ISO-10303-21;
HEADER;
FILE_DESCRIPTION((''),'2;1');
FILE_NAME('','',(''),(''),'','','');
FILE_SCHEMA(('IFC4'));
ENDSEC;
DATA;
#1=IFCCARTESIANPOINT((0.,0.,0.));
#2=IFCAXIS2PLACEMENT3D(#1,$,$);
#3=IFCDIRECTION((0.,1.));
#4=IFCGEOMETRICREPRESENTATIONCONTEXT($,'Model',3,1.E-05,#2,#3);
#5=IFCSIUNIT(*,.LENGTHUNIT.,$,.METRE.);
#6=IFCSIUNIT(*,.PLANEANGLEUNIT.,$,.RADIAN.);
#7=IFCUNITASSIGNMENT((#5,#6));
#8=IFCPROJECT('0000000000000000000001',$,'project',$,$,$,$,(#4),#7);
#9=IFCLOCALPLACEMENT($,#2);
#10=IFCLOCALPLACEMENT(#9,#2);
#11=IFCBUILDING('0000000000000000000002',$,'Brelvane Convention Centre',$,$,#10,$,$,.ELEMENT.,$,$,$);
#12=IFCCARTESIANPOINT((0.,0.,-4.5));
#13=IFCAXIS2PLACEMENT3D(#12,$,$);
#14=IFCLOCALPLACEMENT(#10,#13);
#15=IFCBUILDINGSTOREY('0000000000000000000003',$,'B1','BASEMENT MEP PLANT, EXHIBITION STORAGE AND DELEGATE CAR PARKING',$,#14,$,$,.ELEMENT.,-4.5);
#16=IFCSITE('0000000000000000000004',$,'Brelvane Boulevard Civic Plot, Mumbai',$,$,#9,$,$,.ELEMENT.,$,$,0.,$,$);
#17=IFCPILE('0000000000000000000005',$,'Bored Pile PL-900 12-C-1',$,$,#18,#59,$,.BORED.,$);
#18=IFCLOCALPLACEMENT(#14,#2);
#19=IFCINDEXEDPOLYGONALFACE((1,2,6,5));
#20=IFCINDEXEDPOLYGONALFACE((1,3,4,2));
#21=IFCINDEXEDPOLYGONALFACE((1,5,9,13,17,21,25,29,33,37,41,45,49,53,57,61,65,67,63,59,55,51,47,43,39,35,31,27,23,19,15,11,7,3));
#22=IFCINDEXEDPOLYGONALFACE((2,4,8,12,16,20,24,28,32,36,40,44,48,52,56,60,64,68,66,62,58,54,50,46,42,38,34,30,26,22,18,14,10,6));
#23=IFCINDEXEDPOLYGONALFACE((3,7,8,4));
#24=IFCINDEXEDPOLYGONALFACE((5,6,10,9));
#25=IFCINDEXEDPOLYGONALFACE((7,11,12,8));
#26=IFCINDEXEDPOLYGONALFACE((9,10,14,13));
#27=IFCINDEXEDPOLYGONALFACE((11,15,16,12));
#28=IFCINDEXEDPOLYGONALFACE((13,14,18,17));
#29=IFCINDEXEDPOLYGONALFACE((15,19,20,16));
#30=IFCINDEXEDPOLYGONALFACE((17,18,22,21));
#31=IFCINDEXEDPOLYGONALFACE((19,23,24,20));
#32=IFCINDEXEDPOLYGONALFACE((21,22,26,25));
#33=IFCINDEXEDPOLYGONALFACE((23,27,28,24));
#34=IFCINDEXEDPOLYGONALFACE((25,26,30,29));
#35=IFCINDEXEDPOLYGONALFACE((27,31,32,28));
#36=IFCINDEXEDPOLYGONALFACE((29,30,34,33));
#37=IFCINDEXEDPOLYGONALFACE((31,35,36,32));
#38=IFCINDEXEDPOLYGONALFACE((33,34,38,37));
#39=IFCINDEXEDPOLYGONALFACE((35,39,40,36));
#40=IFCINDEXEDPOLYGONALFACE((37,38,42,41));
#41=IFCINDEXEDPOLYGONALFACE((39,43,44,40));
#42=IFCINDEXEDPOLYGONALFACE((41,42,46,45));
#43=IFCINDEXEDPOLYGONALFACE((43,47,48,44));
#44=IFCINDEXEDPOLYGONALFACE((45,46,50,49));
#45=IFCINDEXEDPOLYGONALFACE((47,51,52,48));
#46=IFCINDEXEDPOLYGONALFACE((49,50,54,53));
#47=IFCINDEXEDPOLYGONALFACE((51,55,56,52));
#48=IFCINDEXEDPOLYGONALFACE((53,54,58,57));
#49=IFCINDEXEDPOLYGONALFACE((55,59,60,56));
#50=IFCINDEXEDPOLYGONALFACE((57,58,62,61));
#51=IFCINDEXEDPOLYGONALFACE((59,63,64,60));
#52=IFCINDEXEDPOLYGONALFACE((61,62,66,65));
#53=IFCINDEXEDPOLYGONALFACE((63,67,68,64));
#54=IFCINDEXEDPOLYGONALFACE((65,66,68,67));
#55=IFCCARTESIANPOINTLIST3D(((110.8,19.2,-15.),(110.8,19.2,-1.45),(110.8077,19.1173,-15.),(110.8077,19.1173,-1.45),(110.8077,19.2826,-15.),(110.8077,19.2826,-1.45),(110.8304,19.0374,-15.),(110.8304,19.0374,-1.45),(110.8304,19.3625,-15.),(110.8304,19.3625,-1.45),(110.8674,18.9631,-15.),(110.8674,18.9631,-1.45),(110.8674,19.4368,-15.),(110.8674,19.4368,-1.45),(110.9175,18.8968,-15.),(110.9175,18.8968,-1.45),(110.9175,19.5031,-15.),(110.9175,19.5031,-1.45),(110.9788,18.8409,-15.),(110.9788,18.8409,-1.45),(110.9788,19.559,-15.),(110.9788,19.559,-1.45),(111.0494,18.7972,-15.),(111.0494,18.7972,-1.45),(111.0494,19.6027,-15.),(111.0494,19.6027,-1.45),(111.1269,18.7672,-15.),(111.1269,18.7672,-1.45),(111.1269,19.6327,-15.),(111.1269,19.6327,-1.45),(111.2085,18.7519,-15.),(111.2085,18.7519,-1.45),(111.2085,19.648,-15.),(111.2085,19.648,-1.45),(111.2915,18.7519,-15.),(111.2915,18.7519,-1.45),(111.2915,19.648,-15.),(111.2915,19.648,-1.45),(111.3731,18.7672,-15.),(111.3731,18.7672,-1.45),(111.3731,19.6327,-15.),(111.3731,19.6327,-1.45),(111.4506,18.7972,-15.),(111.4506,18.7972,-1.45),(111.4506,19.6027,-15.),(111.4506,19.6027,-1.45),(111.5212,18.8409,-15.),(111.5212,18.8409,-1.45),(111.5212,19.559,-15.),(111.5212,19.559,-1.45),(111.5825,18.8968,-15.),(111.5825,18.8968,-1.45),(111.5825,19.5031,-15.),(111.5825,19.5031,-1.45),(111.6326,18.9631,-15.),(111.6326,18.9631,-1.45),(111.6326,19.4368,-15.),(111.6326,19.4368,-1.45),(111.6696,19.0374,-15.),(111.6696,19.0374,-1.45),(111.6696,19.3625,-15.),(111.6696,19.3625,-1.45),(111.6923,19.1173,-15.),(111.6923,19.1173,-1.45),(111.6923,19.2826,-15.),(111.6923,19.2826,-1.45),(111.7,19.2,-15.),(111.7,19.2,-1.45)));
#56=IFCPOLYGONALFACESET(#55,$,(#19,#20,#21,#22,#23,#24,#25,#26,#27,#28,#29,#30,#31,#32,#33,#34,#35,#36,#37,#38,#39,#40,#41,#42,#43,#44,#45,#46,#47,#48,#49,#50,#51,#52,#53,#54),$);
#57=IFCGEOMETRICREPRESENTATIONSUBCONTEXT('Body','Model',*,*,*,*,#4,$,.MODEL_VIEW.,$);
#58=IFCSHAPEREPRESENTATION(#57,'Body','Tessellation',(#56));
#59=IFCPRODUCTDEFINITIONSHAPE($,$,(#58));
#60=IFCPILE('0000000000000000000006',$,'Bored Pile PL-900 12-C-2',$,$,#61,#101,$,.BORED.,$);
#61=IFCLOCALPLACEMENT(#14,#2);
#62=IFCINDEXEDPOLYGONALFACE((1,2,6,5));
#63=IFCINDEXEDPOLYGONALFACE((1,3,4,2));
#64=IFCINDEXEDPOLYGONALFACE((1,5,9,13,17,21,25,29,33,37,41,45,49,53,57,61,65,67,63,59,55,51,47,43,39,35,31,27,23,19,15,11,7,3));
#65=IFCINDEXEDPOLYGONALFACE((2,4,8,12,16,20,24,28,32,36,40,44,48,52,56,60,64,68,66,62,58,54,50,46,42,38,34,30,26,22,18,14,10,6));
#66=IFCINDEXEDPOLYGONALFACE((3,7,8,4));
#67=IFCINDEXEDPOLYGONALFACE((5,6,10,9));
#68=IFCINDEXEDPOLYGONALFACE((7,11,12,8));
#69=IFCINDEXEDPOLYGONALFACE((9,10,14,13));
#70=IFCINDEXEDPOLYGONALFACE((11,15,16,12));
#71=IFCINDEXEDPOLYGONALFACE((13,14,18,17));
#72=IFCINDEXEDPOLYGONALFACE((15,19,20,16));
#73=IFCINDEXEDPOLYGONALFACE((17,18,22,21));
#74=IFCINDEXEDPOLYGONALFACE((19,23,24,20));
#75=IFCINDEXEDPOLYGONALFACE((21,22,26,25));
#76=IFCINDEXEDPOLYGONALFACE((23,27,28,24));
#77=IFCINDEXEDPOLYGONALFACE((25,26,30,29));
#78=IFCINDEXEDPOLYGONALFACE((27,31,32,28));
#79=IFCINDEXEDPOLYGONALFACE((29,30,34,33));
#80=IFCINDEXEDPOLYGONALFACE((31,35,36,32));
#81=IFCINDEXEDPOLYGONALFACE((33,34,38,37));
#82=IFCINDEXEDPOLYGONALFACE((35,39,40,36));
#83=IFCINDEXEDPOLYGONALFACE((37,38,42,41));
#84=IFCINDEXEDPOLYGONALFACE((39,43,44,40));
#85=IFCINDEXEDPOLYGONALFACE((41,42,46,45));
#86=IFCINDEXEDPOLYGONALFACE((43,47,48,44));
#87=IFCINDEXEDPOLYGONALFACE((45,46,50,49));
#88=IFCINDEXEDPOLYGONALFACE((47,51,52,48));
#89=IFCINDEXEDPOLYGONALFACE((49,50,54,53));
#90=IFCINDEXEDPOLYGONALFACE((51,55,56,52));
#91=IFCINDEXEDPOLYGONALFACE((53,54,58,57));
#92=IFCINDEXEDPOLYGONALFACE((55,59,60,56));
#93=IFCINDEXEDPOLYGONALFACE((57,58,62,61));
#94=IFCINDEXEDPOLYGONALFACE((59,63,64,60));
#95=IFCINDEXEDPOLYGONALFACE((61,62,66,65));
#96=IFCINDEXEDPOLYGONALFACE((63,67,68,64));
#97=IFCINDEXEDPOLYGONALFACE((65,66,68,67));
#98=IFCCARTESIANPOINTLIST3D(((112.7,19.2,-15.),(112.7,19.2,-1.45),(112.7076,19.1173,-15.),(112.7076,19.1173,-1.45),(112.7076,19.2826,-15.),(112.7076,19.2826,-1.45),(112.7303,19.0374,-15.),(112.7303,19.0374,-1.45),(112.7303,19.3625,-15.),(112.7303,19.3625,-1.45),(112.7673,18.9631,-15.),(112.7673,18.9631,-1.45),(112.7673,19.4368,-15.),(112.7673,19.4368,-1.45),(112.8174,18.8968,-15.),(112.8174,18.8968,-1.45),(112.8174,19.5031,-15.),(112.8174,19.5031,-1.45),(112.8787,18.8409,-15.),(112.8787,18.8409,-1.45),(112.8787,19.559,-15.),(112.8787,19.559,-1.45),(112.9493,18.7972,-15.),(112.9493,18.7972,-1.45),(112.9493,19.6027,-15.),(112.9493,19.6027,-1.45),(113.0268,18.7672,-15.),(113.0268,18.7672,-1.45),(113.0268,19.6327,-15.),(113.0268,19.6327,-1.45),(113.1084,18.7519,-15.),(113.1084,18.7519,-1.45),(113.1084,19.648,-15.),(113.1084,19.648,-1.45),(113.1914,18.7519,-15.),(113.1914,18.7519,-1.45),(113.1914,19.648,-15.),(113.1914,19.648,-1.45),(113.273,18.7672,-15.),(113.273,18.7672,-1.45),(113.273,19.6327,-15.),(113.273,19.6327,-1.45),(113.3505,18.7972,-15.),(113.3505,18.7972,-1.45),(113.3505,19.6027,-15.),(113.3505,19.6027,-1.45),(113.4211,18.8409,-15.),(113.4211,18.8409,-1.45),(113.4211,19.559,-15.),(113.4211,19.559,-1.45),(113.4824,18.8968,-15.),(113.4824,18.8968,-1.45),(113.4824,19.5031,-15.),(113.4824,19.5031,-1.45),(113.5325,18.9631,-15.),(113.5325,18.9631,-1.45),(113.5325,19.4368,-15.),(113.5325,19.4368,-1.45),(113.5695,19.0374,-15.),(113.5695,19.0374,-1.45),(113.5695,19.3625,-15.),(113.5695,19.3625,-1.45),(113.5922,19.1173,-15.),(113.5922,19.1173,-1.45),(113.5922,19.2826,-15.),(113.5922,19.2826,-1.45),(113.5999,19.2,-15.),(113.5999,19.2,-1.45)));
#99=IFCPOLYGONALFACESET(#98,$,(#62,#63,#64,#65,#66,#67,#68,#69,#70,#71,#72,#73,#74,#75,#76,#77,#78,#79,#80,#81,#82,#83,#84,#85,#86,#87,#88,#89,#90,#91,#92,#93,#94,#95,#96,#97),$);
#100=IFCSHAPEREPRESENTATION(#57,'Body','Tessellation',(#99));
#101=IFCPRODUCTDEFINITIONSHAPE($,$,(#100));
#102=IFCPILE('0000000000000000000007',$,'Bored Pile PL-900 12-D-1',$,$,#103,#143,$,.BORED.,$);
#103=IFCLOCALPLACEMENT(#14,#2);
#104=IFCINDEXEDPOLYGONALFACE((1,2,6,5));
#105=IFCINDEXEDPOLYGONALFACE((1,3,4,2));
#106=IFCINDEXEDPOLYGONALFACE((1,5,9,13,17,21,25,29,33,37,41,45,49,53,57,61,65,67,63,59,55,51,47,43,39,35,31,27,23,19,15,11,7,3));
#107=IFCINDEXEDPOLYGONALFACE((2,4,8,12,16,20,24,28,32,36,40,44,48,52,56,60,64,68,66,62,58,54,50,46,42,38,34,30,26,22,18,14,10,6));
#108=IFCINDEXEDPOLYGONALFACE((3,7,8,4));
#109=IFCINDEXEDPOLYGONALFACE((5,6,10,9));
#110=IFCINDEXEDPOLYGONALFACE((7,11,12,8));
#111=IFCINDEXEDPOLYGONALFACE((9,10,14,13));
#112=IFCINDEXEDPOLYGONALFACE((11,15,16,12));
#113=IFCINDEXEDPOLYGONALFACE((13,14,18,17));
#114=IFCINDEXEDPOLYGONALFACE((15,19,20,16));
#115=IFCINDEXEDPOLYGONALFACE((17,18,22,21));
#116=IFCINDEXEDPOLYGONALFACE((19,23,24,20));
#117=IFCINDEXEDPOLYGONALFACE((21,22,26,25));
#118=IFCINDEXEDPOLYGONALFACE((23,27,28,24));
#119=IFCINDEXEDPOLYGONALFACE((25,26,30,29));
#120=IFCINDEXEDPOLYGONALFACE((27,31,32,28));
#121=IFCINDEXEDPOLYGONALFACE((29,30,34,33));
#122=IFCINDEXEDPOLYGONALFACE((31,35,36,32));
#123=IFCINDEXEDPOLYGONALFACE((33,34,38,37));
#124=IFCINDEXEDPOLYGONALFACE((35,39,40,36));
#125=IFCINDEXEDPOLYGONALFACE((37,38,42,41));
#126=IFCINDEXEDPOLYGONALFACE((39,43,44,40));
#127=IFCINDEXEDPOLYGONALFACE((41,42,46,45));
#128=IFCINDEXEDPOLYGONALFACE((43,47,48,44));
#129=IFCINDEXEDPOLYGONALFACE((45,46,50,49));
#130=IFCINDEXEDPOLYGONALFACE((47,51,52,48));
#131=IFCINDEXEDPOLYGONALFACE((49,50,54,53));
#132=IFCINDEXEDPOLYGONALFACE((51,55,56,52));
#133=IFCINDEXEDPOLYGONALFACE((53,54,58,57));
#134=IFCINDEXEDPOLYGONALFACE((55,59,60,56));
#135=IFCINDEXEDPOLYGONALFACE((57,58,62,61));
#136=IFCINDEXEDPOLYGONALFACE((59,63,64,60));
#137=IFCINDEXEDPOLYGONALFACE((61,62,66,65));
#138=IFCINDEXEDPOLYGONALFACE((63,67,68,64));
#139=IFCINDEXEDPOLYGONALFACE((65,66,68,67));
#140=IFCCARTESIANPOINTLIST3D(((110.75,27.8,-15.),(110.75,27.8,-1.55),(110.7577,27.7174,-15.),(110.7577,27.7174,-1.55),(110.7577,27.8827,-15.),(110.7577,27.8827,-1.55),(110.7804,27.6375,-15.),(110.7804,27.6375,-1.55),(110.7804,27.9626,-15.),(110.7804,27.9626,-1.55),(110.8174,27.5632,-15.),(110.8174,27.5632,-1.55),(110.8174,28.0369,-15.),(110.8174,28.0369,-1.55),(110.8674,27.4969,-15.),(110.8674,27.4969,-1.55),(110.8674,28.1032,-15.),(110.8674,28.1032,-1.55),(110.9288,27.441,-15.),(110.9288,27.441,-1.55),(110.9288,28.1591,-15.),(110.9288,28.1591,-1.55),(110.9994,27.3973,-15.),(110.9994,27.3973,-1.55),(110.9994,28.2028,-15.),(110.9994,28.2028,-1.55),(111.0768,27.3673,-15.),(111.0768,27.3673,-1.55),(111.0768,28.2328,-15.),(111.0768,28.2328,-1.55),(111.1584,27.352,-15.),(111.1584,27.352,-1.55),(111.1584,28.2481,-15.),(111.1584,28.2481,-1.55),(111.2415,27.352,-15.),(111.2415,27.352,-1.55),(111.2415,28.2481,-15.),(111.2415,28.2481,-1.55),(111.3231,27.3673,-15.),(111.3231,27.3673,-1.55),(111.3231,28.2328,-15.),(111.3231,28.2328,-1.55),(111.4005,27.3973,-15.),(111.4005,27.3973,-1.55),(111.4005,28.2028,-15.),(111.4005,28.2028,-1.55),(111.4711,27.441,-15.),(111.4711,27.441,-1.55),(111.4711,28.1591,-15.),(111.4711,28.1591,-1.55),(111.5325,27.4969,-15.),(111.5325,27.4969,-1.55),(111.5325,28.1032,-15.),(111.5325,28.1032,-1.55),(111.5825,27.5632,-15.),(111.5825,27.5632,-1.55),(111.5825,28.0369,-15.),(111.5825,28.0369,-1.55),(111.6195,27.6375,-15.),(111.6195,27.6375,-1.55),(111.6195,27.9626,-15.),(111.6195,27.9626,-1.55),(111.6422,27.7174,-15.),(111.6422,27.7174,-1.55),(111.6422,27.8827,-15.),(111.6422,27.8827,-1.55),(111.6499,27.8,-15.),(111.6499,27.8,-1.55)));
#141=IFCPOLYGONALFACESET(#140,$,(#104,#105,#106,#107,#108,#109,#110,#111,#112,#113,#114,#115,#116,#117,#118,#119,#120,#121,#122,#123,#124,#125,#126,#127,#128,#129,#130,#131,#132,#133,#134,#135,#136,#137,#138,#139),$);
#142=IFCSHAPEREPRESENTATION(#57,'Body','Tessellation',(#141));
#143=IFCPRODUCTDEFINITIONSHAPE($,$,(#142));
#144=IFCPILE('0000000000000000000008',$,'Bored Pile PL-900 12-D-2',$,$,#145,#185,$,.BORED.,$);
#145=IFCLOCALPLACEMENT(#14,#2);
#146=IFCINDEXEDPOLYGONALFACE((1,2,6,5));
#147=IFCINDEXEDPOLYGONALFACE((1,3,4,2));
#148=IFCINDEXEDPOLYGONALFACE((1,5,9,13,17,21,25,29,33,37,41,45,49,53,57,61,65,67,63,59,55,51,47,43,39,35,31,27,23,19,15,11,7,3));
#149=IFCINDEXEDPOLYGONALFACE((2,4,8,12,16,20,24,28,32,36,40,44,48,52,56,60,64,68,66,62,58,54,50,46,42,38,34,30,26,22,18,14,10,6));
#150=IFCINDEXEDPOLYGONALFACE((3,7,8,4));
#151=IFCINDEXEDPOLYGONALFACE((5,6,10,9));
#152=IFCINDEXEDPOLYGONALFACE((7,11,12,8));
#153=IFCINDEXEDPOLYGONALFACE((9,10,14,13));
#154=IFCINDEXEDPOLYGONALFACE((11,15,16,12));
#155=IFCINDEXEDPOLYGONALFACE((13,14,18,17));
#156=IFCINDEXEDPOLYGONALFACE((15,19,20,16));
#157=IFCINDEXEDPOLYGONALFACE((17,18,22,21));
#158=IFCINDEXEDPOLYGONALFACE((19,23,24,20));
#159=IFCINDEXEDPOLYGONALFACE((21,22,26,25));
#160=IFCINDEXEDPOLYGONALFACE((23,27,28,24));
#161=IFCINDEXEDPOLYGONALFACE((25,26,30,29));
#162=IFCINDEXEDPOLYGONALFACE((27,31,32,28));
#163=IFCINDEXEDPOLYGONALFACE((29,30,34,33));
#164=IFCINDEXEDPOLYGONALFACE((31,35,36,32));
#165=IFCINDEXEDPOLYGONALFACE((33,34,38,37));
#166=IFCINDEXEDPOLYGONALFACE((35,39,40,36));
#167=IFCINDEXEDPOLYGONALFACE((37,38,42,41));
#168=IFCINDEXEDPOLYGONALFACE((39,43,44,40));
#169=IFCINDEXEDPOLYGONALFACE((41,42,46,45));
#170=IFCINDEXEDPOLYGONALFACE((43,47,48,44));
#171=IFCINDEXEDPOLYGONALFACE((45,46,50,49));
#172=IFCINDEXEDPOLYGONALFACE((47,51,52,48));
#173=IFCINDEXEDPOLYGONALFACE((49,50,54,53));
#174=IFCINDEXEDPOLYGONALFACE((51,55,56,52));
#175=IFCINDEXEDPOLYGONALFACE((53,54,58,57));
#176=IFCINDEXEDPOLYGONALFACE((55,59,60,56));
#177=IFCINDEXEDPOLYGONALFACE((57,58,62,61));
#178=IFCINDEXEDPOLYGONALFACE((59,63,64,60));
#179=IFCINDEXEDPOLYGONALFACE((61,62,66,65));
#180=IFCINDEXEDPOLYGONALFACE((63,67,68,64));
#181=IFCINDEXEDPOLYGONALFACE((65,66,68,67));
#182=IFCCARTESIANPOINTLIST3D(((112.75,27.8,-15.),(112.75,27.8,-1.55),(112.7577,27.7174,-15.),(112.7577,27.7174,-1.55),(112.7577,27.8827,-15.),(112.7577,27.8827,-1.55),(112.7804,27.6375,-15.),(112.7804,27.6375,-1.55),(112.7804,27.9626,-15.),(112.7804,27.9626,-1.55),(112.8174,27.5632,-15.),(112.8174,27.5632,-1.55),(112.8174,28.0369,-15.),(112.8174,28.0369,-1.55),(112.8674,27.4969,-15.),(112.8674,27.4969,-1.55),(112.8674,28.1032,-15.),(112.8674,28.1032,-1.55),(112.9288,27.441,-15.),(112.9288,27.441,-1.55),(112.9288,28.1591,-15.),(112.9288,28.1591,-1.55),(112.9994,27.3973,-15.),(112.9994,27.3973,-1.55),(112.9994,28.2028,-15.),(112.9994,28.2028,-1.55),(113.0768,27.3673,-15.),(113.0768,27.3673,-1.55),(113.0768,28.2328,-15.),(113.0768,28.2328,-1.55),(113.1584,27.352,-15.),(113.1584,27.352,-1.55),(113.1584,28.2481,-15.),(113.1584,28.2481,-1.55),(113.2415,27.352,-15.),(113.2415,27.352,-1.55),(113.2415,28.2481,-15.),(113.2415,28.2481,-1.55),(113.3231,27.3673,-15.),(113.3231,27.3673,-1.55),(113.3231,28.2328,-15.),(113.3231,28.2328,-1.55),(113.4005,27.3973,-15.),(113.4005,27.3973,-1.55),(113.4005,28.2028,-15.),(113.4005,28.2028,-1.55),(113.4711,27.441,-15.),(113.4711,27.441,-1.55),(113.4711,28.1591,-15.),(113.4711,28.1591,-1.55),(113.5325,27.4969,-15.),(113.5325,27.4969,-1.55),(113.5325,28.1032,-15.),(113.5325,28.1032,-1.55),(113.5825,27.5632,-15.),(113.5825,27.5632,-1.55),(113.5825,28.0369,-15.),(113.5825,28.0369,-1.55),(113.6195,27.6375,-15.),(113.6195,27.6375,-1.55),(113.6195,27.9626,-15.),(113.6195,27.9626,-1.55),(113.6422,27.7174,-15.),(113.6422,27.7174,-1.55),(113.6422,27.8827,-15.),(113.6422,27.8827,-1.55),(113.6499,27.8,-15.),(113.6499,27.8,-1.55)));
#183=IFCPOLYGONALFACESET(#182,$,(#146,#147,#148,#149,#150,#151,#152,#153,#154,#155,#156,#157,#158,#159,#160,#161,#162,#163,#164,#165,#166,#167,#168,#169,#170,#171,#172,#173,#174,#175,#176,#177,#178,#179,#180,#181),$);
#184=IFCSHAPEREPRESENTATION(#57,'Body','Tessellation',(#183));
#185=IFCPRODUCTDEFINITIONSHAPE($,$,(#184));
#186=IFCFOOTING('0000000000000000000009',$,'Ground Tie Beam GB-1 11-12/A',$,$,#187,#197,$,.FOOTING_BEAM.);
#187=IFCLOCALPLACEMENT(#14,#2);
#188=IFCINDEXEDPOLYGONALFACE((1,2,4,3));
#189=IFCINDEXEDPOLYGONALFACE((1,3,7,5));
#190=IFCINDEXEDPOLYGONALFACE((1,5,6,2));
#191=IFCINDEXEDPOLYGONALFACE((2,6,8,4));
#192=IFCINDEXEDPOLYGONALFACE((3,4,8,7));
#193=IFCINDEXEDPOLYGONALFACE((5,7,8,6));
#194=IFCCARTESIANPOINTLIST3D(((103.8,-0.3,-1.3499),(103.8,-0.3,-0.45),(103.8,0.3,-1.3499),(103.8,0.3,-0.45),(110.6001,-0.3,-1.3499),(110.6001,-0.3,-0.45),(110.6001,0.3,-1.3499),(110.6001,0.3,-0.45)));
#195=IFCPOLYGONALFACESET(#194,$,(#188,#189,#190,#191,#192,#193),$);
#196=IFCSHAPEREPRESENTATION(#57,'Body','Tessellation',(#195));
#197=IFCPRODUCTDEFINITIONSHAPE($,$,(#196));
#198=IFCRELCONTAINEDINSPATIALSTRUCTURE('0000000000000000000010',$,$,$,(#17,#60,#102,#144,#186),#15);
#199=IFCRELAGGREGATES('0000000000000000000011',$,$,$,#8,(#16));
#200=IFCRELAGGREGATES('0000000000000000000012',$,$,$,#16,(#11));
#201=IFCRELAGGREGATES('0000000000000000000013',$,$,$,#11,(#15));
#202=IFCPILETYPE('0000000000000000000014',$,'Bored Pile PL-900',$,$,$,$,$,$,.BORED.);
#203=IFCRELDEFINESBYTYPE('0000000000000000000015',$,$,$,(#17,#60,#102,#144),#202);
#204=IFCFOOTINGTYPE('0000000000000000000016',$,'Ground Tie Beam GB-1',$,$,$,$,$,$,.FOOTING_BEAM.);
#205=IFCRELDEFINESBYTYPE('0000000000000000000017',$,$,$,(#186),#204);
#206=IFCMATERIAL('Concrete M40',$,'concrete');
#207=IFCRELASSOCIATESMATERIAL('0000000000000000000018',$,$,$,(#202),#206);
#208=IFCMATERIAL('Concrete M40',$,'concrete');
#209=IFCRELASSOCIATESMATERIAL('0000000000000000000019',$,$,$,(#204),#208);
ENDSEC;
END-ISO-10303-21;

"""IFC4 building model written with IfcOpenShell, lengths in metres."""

from ifc_helpers import new_model, si_unit, direction, frame, origin, origin_2d, place, context, subcontext, project, spatial, rectangle, circle, extrude, material, material_profile, profile_set, type_object, element, save


model = new_model("IFC4")

# Units and contexts
model_context = context("Model", 3, precision=1e-05, world=origin(), true_north=direction((0.0, 1.0)))
body_context = subcontext(model_context, "Body", "Model", "MODEL_VIEW")
ifc_project = project(units=[si_unit("LENGTHUNIT", "METRE"), si_unit("PLANEANGLEUNIT", "RADIAN")], contexts=[model_context])

# Site, building, storey
site_placement = place(None, origin())
site = spatial("IfcSite", under=ifc_project, at=site_placement, Name="Brelvane Boulevard Civic Plot, Mumbai", CompositionType="ELEMENT", RefElevation=0.0)
building_placement = place(site_placement, origin())
building = spatial("IfcBuilding", under=site, at=building_placement, Name="Brelvane Convention Centre", CompositionType="ELEMENT")
storey_placement = place(building_placement, frame((0.0, 0.0, -4.5)))
storey = spatial("IfcBuildingStorey", under=building, at=storey_placement, Name="B1", Description="BASEMENT MEP PLANT, EXHIBITION STORAGE AND DELEGATE CAR PARKING", CompositionType="ELEMENT", Elevation=-4.5)

# Piles
ifc_material_1 = material(Name="Concrete M40", Category="concrete")
ifc_material_profile_1 = material_profile(ifc_material_1, circle(Radius=0.45, at=origin_2d()), Name="PILE D900")
ifc_profile_set_1 = profile_set([ifc_material_profile_1], Name="Concrete M40")
pile_type = type_object("IfcPileType", Name="Bored Pile PL-900", PredefinedType="BORED", material=ifc_profile_set_1)
for number, where, z_axis, x_axis, name in (
    (1, (111.25, 19.2, -1.45), (0.0, 0.0, -1.0), (1.0, 0.0, 0.0), "Bored Pile PL-900 12-C-1"),
    (2, (113.1499, 19.2, -1.45), (0.0, 0.0, -1.0), (1.0, 0.0, 0.0), "Bored Pile PL-900 12-C-2"),
):
    element("IfcPile", number, at=place(storey_placement, frame(where, z_axis=z_axis, x_axis=x_axis)), inside=storey, type_object=pile_type, Name=name, PredefinedType="BORED", context=body_context, shape_type="SweptSolid", body=[
        extrude(circle(Radius=0.45, at=origin_2d()), origin(), (0.0, 0.0, 1.0), 13.55),
    ])
for number, where, z_axis, x_axis, name in (
    (3, (111.2, 27.8, -1.55), (0.0, 0.0, -1.0), (1.0, 0.0, 0.0), "Bored Pile PL-900 12-D-1"),
    (4, (113.2, 27.8, -1.55), (0.0, 0.0, -1.0), (1.0, 0.0, 0.0), "Bored Pile PL-900 12-D-2"),
):
    element("IfcPile", number, at=place(storey_placement, frame(where, z_axis=z_axis, x_axis=x_axis)), inside=storey, type_object=pile_type, Name=name, PredefinedType="BORED", context=body_context, shape_type="SweptSolid", body=[
        extrude(circle(Radius=0.45, at=origin_2d()), origin(), (0.0, 0.0, 1.0), 13.45),
    ])

# Footing
ifc_material_2 = material(Name="Concrete M40", Category="concrete")
ifc_material_profile_2 = material_profile(ifc_material_2, rectangle(XDim=0.6001, YDim=0.8999, at=origin_2d()), Name="RC 600x900")
ifc_profile_set_2 = profile_set([ifc_material_profile_2], Name="Concrete M40")
footing_type_1 = type_object("IfcFootingType", Name="Ground Tie Beam GB-1", PredefinedType="FOOTING_BEAM", material=ifc_profile_set_2)
footing_1_placement = place(storey_placement, frame((103.8, 0.0, -0.8999), z_axis=(1.0, 0.0, 0.0), x_axis=(0.0, 1.0, 0.0)))
element("IfcFooting", 5, at=footing_1_placement, inside=storey, type_object=footing_type_1, Name="Ground Tie Beam GB-1 11-12/A", PredefinedType="FOOTING_BEAM", context=body_context, shape_type="SweptSolid", body=[
    extrude(rectangle(XDim=0.6001, YDim=0.8999, at=origin_2d()), origin(), (0.0, 0.0, 1.0), 6.8),
])

save(model, "model.ifc")
